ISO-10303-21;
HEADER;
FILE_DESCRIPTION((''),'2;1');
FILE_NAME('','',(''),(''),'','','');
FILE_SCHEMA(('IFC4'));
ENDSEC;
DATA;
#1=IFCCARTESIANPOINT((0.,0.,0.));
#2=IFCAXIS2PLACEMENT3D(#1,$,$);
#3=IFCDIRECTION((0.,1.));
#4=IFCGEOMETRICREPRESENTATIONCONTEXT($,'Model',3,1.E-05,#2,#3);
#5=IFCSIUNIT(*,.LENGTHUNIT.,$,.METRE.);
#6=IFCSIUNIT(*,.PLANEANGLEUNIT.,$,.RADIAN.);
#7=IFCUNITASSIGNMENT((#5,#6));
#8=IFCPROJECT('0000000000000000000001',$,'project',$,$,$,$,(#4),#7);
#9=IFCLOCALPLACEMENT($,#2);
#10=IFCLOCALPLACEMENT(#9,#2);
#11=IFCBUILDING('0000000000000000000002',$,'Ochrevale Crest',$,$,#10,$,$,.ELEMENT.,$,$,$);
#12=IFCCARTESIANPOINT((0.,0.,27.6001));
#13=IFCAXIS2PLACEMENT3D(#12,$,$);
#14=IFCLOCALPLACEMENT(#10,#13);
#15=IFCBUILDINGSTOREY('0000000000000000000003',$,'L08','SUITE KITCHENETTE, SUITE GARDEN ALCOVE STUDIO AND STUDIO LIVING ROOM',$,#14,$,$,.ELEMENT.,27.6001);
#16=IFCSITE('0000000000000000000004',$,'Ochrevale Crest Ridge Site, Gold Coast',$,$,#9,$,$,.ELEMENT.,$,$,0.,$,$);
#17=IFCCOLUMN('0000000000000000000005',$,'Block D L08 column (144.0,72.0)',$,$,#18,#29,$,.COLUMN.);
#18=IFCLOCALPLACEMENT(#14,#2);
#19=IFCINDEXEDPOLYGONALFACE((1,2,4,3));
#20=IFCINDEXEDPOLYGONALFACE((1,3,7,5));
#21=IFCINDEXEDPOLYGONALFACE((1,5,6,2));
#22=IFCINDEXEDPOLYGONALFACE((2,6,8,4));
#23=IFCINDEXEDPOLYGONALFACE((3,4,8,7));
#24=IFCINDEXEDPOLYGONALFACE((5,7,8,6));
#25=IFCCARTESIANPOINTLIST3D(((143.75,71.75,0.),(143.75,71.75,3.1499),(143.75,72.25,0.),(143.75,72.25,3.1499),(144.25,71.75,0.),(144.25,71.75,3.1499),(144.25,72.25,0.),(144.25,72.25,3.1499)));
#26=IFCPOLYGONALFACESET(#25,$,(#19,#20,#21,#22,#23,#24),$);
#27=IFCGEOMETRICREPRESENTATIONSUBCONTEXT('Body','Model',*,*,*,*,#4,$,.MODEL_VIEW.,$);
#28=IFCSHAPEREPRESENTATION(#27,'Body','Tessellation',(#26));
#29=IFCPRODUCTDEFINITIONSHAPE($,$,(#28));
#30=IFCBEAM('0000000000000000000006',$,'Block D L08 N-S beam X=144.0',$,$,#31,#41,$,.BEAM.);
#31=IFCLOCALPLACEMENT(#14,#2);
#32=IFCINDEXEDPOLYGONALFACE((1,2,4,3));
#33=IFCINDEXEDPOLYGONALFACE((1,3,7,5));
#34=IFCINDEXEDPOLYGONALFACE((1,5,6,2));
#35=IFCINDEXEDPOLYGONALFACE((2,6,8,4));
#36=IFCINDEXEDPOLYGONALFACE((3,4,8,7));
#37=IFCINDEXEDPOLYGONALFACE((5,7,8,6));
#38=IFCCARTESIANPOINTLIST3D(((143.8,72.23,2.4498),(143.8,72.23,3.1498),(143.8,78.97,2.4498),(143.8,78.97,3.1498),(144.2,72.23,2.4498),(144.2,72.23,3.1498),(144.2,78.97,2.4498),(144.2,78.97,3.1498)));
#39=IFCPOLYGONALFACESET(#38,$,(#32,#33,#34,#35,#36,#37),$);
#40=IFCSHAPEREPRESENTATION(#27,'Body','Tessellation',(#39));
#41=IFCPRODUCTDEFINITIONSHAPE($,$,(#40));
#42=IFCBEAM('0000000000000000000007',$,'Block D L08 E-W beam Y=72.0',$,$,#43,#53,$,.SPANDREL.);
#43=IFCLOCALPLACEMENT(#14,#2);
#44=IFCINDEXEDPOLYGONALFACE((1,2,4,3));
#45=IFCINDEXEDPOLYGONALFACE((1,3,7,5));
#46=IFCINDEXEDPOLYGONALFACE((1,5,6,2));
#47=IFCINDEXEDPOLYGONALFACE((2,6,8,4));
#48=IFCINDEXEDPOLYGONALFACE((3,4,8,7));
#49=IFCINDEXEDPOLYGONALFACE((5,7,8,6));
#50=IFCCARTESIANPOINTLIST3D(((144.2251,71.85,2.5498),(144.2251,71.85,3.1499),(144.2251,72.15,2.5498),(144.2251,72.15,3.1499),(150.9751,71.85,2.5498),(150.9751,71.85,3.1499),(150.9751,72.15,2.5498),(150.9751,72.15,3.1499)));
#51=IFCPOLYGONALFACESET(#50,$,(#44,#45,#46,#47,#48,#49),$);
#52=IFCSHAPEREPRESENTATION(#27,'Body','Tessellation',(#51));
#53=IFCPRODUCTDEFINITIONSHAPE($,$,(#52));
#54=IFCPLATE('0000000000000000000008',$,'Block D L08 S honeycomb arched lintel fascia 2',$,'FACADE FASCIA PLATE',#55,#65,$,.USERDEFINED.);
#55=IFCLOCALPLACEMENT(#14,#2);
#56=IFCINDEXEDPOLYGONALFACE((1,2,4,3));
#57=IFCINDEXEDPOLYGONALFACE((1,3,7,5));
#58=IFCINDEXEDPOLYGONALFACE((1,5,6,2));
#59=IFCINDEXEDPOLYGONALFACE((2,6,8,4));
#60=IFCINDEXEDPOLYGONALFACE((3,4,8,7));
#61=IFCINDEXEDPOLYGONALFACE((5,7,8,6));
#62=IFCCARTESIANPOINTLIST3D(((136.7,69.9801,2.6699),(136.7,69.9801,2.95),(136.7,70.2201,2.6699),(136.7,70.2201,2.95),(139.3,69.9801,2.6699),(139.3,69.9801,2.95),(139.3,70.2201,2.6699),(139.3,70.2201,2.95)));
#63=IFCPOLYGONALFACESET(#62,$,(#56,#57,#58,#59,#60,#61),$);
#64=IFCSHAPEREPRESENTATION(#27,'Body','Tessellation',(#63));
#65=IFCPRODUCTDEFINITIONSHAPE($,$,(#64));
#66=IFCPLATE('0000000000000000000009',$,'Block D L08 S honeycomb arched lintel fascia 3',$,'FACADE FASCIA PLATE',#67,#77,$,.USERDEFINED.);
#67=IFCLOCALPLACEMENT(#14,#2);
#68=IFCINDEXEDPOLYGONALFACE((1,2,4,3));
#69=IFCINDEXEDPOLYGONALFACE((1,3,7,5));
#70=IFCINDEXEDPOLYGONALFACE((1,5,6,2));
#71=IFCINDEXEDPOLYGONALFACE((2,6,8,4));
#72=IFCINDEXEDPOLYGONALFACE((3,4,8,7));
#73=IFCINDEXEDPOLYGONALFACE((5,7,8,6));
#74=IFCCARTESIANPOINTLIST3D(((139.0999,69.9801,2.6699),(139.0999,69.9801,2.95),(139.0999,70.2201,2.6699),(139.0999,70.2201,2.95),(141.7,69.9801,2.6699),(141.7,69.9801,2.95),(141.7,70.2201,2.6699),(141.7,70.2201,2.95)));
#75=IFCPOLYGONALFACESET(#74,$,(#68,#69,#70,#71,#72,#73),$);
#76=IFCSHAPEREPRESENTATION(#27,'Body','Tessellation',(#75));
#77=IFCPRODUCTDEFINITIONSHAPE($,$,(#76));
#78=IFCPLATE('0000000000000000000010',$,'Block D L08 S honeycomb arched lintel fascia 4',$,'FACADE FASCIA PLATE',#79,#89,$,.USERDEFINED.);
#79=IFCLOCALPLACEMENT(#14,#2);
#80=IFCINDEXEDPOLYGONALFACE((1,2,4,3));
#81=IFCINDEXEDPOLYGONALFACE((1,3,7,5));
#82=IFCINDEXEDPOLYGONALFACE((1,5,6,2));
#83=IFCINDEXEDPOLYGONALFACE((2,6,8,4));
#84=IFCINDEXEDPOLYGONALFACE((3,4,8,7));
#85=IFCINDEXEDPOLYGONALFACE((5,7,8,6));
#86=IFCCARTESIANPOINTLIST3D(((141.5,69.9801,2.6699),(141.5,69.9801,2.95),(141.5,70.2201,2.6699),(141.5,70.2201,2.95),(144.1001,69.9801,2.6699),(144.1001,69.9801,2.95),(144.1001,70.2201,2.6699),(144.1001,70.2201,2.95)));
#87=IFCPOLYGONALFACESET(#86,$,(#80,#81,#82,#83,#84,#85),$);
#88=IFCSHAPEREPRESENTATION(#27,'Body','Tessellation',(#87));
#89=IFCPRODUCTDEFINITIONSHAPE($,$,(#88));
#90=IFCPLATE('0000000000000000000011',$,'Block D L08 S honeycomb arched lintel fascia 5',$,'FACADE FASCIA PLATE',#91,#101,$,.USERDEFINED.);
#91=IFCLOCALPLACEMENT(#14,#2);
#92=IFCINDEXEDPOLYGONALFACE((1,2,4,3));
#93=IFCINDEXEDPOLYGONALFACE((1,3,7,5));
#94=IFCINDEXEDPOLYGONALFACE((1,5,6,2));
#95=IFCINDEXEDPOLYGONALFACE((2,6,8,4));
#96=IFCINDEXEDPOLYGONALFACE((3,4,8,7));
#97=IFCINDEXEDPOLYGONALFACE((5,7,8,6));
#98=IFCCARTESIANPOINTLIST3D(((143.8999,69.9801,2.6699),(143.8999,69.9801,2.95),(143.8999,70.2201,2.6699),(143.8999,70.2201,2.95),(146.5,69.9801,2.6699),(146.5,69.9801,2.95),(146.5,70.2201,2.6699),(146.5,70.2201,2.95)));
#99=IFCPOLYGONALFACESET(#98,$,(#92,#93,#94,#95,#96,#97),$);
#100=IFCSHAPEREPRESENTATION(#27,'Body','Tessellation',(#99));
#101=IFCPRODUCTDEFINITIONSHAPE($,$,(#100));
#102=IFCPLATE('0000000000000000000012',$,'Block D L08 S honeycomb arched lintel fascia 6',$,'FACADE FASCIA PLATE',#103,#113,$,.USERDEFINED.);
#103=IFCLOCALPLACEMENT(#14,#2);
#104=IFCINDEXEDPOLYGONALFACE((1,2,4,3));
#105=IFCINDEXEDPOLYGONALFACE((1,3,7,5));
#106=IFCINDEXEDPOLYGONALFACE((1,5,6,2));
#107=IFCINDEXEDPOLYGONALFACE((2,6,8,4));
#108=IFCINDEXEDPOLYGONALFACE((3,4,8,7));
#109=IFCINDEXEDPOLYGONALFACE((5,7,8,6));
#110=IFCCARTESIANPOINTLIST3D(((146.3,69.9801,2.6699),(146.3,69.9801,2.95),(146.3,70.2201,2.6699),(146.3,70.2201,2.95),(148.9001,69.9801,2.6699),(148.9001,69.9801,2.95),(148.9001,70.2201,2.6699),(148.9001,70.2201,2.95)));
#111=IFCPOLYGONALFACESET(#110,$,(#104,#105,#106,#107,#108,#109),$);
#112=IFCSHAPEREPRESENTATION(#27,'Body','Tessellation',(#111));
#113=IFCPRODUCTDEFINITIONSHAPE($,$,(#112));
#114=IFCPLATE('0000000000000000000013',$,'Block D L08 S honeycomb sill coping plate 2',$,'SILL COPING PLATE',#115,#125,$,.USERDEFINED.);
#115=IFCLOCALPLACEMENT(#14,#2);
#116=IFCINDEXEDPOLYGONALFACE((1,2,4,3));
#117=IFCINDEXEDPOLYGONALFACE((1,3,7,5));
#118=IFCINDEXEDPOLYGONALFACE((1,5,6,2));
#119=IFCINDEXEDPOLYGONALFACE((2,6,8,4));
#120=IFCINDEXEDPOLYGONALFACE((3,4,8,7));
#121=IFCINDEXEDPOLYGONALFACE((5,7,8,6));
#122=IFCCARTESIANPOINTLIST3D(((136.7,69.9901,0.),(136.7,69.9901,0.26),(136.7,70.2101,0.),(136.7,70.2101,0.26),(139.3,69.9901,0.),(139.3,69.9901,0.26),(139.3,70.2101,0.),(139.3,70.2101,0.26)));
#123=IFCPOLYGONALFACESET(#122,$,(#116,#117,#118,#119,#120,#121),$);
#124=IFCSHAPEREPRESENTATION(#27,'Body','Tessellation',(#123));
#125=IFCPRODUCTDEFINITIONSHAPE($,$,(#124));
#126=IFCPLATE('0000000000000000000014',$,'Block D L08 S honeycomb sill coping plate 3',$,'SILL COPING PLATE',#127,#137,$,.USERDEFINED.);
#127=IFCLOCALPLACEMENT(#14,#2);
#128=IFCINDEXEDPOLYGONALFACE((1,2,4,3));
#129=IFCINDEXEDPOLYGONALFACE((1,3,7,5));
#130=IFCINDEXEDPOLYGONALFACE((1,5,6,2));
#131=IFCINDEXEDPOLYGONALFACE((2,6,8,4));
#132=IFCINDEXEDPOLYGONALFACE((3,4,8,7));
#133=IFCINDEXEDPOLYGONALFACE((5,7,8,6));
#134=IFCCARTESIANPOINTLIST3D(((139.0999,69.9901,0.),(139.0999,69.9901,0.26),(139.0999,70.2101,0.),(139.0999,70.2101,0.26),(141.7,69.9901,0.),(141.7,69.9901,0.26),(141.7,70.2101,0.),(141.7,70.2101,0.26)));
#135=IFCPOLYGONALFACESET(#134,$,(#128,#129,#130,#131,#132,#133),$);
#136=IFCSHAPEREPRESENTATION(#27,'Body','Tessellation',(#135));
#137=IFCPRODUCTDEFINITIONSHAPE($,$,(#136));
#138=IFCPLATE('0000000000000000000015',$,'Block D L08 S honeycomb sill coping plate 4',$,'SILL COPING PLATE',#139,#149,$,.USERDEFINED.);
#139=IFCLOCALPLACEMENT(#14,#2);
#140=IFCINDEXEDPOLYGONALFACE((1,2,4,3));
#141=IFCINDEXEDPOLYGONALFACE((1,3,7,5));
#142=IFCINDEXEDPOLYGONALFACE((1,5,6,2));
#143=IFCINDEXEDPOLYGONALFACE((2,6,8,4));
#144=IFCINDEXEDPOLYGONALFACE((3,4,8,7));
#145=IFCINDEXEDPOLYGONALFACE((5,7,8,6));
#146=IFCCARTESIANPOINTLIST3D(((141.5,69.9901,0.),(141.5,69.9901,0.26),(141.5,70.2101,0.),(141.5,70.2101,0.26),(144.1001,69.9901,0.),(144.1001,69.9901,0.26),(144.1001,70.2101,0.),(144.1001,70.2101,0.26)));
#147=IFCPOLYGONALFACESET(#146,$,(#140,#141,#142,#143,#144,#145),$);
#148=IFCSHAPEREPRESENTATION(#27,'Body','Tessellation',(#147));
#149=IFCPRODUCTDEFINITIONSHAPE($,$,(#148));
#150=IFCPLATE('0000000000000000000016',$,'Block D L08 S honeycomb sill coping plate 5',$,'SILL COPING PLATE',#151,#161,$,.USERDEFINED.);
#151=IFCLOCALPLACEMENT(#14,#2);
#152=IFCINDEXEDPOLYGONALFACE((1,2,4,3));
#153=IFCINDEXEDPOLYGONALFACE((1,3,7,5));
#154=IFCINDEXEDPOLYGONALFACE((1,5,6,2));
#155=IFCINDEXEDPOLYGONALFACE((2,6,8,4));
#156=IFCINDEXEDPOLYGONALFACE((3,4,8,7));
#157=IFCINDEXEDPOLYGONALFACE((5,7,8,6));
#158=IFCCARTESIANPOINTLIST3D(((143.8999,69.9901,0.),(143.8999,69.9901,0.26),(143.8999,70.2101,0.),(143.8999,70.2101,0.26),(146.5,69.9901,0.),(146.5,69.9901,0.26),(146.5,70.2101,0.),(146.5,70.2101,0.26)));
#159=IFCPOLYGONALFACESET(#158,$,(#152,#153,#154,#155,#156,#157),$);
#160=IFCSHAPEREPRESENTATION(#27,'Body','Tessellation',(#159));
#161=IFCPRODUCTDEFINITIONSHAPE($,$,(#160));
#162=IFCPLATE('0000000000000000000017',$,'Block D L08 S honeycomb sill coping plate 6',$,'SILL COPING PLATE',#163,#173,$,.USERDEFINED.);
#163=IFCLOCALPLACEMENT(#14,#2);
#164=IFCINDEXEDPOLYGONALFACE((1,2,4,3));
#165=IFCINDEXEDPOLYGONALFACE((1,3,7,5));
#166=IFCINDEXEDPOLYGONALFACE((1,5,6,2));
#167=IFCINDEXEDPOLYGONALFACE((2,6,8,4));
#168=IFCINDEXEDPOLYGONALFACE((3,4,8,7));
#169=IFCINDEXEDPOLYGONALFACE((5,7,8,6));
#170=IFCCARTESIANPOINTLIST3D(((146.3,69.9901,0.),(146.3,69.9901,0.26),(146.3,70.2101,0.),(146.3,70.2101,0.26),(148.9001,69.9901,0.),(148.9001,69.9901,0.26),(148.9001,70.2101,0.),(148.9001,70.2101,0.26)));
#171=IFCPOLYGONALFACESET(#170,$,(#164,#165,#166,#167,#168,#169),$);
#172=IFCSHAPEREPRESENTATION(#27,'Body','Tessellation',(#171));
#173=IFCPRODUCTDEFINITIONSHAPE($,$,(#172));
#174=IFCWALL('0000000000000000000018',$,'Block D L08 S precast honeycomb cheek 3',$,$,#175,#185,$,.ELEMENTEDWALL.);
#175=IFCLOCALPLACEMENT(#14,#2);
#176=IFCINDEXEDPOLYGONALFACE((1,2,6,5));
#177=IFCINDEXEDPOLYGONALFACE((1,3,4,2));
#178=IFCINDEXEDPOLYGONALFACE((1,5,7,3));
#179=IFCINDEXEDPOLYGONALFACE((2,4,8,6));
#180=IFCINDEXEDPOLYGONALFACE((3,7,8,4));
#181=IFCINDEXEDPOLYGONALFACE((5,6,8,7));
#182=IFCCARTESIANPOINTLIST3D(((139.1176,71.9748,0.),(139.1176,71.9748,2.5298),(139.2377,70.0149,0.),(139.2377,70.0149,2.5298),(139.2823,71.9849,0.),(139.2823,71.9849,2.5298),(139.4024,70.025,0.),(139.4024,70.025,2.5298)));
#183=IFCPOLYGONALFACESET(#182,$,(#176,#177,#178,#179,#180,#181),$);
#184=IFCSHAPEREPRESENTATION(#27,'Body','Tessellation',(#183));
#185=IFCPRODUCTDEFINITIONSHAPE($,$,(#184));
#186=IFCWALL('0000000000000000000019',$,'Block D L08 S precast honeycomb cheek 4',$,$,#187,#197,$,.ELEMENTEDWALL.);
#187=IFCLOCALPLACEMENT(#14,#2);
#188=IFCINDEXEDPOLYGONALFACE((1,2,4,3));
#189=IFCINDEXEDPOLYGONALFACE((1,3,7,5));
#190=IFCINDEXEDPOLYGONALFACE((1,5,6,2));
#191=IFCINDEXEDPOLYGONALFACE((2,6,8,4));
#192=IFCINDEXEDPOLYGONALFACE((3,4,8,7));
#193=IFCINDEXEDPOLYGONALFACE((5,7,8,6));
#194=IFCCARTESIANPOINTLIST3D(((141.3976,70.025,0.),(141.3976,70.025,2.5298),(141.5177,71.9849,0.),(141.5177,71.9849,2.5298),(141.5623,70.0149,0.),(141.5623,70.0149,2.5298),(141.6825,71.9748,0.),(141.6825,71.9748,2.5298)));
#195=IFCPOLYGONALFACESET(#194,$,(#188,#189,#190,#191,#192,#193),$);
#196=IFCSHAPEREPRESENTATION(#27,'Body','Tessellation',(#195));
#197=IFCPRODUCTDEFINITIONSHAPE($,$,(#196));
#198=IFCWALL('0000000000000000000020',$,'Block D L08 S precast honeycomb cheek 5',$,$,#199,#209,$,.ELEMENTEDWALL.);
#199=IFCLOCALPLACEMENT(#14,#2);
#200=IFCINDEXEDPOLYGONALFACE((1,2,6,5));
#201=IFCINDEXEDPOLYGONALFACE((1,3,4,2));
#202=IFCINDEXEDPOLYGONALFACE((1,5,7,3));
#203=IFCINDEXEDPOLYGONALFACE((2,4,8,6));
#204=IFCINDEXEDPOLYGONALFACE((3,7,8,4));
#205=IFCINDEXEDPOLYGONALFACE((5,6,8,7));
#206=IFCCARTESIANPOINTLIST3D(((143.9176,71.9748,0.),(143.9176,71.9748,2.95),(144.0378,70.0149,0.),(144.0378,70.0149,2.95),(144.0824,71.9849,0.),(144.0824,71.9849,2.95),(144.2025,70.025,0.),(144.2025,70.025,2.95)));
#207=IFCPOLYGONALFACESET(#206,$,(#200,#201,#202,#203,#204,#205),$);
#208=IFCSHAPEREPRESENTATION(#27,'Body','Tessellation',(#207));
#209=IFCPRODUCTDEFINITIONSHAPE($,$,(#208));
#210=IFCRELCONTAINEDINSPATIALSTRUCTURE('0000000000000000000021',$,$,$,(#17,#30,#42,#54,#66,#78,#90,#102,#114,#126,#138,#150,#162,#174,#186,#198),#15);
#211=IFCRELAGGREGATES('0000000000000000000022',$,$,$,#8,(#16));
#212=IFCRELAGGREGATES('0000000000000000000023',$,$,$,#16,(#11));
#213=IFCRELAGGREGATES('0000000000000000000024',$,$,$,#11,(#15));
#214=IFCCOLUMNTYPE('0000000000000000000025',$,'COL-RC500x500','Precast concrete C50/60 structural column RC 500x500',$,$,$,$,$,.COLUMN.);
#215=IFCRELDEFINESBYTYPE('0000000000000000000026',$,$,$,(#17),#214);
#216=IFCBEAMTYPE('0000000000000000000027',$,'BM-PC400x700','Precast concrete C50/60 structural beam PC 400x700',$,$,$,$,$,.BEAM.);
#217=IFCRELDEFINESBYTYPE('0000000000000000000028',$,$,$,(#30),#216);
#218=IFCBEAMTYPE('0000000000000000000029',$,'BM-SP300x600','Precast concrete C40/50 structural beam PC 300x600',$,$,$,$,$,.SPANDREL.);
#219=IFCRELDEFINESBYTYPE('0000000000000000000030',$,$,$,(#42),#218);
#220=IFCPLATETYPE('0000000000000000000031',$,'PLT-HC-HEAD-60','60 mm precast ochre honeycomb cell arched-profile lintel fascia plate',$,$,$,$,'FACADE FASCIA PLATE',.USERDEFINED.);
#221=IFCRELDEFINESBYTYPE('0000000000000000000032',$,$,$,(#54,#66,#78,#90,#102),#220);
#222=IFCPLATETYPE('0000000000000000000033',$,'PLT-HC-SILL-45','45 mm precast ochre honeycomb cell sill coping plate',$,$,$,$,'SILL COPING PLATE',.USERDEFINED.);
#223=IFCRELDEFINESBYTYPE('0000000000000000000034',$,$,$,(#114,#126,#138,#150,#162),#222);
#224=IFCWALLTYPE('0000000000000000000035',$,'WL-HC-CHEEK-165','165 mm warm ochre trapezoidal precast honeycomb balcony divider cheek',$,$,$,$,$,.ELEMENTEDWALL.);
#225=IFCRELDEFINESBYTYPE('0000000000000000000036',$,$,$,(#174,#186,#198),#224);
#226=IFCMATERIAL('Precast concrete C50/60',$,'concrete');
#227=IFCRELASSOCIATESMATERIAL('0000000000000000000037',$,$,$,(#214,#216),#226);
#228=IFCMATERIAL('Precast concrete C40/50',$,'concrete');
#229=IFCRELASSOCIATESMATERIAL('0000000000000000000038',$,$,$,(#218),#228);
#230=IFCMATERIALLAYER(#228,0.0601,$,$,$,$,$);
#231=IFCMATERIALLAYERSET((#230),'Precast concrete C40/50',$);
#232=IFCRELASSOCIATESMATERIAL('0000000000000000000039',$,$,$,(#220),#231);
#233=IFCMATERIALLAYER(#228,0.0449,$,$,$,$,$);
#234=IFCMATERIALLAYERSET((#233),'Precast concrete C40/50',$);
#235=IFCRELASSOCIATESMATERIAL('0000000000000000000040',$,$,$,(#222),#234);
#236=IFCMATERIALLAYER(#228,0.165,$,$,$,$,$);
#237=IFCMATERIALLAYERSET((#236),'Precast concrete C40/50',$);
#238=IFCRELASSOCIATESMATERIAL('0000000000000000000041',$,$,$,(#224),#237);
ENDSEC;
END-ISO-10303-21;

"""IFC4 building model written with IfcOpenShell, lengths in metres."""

from ifc_helpers import new_model, si_unit, direction, frame, frame_2d, origin, origin_2d, place, context, subcontext, project, spatial, rectangle, extrude, material, layer, layer_set, material_profile, profile_set, type_object, element, save


model = new_model("IFC4")

# Units and contexts
model_context = context("Model", 3, precision=1e-05, world=origin(), true_north=direction((0.0, 1.0)))
body_context = subcontext(model_context, "Body", "Model", "MODEL_VIEW")
ifc_project = project(units=[si_unit("LENGTHUNIT", "METRE"), si_unit("PLANEANGLEUNIT", "RADIAN")], contexts=[model_context])

# Site, building, storey
site_placement = place(None, origin())
site = spatial("IfcSite", under=ifc_project, at=site_placement, Name="Ochrevale Crest Ridge Site, Gold Coast", CompositionType="ELEMENT", RefElevation=0.0)
building_placement = place(site_placement, origin())
building = spatial("IfcBuilding", under=site, at=building_placement, Name="Ochrevale Crest", CompositionType="ELEMENT")
storey_placement = place(building_placement, frame((0.0, 0.0, 27.6001)))
storey = spatial("IfcBuildingStorey", under=building, at=storey_placement, Name="L08", Description="SUITE KITCHENETTE, SUITE GARDEN ALCOVE STUDIO AND STUDIO LIVING ROOM", CompositionType="ELEMENT", Elevation=27.6001)

# Column
ifc_material_1 = material(Name="Precast concrete C50/60", Category="concrete")
ifc_material_profile_1 = material_profile(ifc_material_1, rectangle(XDim=0.5, YDim=0.5, at=origin_2d()), Name="RC 500x500")
ifc_profile_set_1 = profile_set([ifc_material_profile_1], Name="Precast concrete C50/60")
column_type = type_object("IfcColumnType", Name="COL-RC500x500", Description="Precast concrete C50/60 structural column RC 500x500", PredefinedType="COLUMN", material=ifc_profile_set_1)
column_placement = place(storey_placement, frame((144.0, 72.0, 0.0), z_axis=(0.0, 0.0, 1.0), x_axis=(1.0, 0.0, 0.0)))
element("IfcColumn", 1, at=column_placement, inside=storey, type_object=column_type, Name="Block D L08 column (144.0,72.0)", PredefinedType="COLUMN", context=body_context, shape_type="SweptSolid", body=[
    extrude(rectangle(XDim=0.5, YDim=0.5, at=origin_2d()), origin(), (0.0, 0.0, 1.0), 3.1499),
])

# Beams
ifc_material_profile_2 = material_profile(ifc_material_1, rectangle(XDim=0.3999, YDim=0.7, at=origin_2d()), Name="PC 400x700")
ifc_profile_set_2 = profile_set([ifc_material_profile_2], Name="Precast concrete C50/60")
beam_type_1 = type_object("IfcBeamType", Name="BM-PC400x700", Description="Precast concrete C50/60 structural beam PC 400x700", PredefinedType="BEAM", material=ifc_profile_set_2)
beam_1_placement = place(storey_placement, frame((144.0, 72.23, 2.7998), z_axis=(0.0, 1.0, 0.0), x_axis=(-1.0, 0.0, 0.0)))
element("IfcBeam", 2, at=beam_1_placement, inside=storey, type_object=beam_type_1, Name="Block D L08 N-S beam X=144.0", PredefinedType="BEAM", context=body_context, shape_type="SweptSolid", body=[
    extrude(rectangle(XDim=0.3999, YDim=0.7, at=origin_2d()), origin(), (0.0, 0.0, 1.0), 6.74),
])
ifc_material_2 = material(Name="Precast concrete C40/50", Category="concrete")
ifc_material_profile_3 = material_profile(ifc_material_2, rectangle(XDim=0.3, YDim=0.6001, at=origin_2d()), Name="PC 300x600")
ifc_profile_set_3 = profile_set([ifc_material_profile_3], Name="Precast concrete C40/50")
beam_type_2 = type_object("IfcBeamType", Name="BM-SP300x600", Description="Precast concrete C40/50 structural beam PC 300x600", PredefinedType="SPANDREL", material=ifc_profile_set_3)
beam_2_placement = place(storey_placement, frame((144.2251, 72.0, 2.8499), z_axis=(1.0, 0.0, 0.0), x_axis=(0.0, 1.0, 0.0)))
element("IfcBeam", 3, at=beam_2_placement, inside=storey, type_object=beam_type_2, Name="Block D L08 E-W beam Y=72.0", PredefinedType="SPANDREL", context=body_context, shape_type="SweptSolid", body=[
    extrude(rectangle(XDim=0.3, YDim=0.6001, at=origin_2d()), origin(), (0.0, 0.0, 1.0), 6.75),
])

# Plates
ifc_layer_1 = layer(ifc_material_2, 0.0601)
ifc_layer_set_1 = layer_set([ifc_layer_1], Name="Precast concrete C40/50")
plate_type_1 = type_object("IfcPlateType", Name="PLT-HC-HEAD-60", Description="60 mm precast ochre honeycomb cell arched-profile lintel fascia plate", ElementType="FACADE FASCIA PLATE", PredefinedType="USERDEFINED", material=ifc_layer_set_1)
for number, where, z_axis, x_axis, name in (
    (4, (138.0, 70.1001, 2.6699), (0.0, 0.0, 1.0), (1.0, 0.0, 0.0), "Block D L08 S honeycomb arched lintel fascia 2"),
    (5, (140.3999, 70.1001, 2.6699), (0.0, 0.0, 1.0), (1.0, 0.0, 0.0), "Block D L08 S honeycomb arched lintel fascia 3"),
    (6, (142.8, 70.1001, 2.6699), (0.0, 0.0, 1.0), (1.0, 0.0, 0.0), "Block D L08 S honeycomb arched lintel fascia 4"),
    (7, (145.2, 70.1001, 2.6699), (0.0, 0.0, 1.0), (1.0, 0.0, 0.0), "Block D L08 S honeycomb arched lintel fascia 5"),
    (8, (147.6001, 70.1001, 2.6699), (0.0, 0.0, 1.0), (1.0, 0.0, 0.0), "Block D L08 S honeycomb arched lintel fascia 6"),
):
    element("IfcPlate", number, at=place(storey_placement, frame(where, z_axis=z_axis, x_axis=x_axis)), inside=storey, type_object=plate_type_1, Name=name, ObjectType="FACADE FASCIA PLATE", PredefinedType="USERDEFINED", context=body_context, shape_type="SweptSolid", body=[
        extrude(rectangle(XDim=2.6001, YDim=0.24, at=origin_2d()), origin(), (0.0, 0.0, 1.0), 0.28),
    ])
ifc_layer_2 = layer(ifc_material_2, 0.0449)
ifc_layer_set_2 = layer_set([ifc_layer_2], Name="Precast concrete C40/50")
plate_type_2 = type_object("IfcPlateType", Name="PLT-HC-SILL-45", Description="45 mm precast ochre honeycomb cell sill coping plate", ElementType="SILL COPING PLATE", PredefinedType="USERDEFINED", material=ifc_layer_set_2)
for number, where, z_axis, x_axis, name in (
    (9, (138.0, 70.1001, 0.0), (0.0, 0.0, 1.0), (1.0, 0.0, 0.0), "Block D L08 S honeycomb sill coping plate 2"),
    (10, (140.3999, 70.1001, 0.0), (0.0, 0.0, 1.0), (1.0, 0.0, 0.0), "Block D L08 S honeycomb sill coping plate 3"),
    (11, (142.8, 70.1001, 0.0), (0.0, 0.0, 1.0), (1.0, 0.0, 0.0), "Block D L08 S honeycomb sill coping plate 4"),
    (12, (145.2, 70.1001, 0.0), (0.0, 0.0, 1.0), (1.0, 0.0, 0.0), "Block D L08 S honeycomb sill coping plate 5"),
    (13, (147.6001, 70.1001, 0.0), (0.0, 0.0, 1.0), (1.0, 0.0, 0.0), "Block D L08 S honeycomb sill coping plate 6"),
):
    element("IfcPlate", number, at=place(storey_placement, frame(where, z_axis=z_axis, x_axis=x_axis)), inside=storey, type_object=plate_type_2, Name=name, ObjectType="SILL COPING PLATE", PredefinedType="USERDEFINED", context=body_context, shape_type="SweptSolid", body=[
        extrude(rectangle(XDim=2.6001, YDim=0.22, at=origin_2d()), origin(), (0.0, 0.0, 1.0), 0.26),
    ])

# Walls
ifc_layer_3 = layer(ifc_material_2, 0.165)
ifc_layer_set_3 = layer_set([ifc_layer_3], Name="Precast concrete C40/50")
wall_type_1 = type_object("IfcWallType", Name="WL-HC-CHEEK-165", Description="165 mm warm ochre trapezoidal precast honeycomb balcony divider cheek", PredefinedType="ELEMENTEDWALL", material=ifc_layer_set_3)
for number, where, z_axis, x_axis, name in (
    (14, (139.2, 71.98, 0.0), (0.0, 0.0, 1.0), (0.061171, -0.998127, 0.0), "Block D L08 S precast honeycomb cheek 3"),
    (15, (141.6001, 71.98, 0.0), (0.0, 0.0, 1.0), (-0.061171, -0.998127, 0.0), "Block D L08 S precast honeycomb cheek 4"),
):
    element("IfcWall", number, at=place(storey_placement, frame(where, z_axis=z_axis, x_axis=x_axis)), inside=storey, type_object=wall_type_1, Name=name, PredefinedType="ELEMENTEDWALL", context=body_context, shape_type="SweptSolid", body=[
        extrude(rectangle(XDim=1.9636, YDim=0.165, at=frame_2d((0.9819, 0.0))), origin(), (0.0, 0.0, 1.0), 2.5298),
    ])
wall_1_placement = place(storey_placement, frame((144.0, 71.98, 0.0), z_axis=(0.0, 0.0, 1.0), x_axis=(0.061171, -0.998127, 0.0)))
element("IfcWall", 16, at=wall_1_placement, inside=storey, type_object=wall_type_1, Name="Block D L08 S precast honeycomb cheek 5", PredefinedType="ELEMENTEDWALL", context=body_context, shape_type="SweptSolid", body=[
    extrude(rectangle(XDim=1.9636, YDim=0.165, at=frame_2d((0.9819, 0.0))), origin(), (0.0, 0.0, 1.0), 2.95),
])

save(model, "model.ifc")
